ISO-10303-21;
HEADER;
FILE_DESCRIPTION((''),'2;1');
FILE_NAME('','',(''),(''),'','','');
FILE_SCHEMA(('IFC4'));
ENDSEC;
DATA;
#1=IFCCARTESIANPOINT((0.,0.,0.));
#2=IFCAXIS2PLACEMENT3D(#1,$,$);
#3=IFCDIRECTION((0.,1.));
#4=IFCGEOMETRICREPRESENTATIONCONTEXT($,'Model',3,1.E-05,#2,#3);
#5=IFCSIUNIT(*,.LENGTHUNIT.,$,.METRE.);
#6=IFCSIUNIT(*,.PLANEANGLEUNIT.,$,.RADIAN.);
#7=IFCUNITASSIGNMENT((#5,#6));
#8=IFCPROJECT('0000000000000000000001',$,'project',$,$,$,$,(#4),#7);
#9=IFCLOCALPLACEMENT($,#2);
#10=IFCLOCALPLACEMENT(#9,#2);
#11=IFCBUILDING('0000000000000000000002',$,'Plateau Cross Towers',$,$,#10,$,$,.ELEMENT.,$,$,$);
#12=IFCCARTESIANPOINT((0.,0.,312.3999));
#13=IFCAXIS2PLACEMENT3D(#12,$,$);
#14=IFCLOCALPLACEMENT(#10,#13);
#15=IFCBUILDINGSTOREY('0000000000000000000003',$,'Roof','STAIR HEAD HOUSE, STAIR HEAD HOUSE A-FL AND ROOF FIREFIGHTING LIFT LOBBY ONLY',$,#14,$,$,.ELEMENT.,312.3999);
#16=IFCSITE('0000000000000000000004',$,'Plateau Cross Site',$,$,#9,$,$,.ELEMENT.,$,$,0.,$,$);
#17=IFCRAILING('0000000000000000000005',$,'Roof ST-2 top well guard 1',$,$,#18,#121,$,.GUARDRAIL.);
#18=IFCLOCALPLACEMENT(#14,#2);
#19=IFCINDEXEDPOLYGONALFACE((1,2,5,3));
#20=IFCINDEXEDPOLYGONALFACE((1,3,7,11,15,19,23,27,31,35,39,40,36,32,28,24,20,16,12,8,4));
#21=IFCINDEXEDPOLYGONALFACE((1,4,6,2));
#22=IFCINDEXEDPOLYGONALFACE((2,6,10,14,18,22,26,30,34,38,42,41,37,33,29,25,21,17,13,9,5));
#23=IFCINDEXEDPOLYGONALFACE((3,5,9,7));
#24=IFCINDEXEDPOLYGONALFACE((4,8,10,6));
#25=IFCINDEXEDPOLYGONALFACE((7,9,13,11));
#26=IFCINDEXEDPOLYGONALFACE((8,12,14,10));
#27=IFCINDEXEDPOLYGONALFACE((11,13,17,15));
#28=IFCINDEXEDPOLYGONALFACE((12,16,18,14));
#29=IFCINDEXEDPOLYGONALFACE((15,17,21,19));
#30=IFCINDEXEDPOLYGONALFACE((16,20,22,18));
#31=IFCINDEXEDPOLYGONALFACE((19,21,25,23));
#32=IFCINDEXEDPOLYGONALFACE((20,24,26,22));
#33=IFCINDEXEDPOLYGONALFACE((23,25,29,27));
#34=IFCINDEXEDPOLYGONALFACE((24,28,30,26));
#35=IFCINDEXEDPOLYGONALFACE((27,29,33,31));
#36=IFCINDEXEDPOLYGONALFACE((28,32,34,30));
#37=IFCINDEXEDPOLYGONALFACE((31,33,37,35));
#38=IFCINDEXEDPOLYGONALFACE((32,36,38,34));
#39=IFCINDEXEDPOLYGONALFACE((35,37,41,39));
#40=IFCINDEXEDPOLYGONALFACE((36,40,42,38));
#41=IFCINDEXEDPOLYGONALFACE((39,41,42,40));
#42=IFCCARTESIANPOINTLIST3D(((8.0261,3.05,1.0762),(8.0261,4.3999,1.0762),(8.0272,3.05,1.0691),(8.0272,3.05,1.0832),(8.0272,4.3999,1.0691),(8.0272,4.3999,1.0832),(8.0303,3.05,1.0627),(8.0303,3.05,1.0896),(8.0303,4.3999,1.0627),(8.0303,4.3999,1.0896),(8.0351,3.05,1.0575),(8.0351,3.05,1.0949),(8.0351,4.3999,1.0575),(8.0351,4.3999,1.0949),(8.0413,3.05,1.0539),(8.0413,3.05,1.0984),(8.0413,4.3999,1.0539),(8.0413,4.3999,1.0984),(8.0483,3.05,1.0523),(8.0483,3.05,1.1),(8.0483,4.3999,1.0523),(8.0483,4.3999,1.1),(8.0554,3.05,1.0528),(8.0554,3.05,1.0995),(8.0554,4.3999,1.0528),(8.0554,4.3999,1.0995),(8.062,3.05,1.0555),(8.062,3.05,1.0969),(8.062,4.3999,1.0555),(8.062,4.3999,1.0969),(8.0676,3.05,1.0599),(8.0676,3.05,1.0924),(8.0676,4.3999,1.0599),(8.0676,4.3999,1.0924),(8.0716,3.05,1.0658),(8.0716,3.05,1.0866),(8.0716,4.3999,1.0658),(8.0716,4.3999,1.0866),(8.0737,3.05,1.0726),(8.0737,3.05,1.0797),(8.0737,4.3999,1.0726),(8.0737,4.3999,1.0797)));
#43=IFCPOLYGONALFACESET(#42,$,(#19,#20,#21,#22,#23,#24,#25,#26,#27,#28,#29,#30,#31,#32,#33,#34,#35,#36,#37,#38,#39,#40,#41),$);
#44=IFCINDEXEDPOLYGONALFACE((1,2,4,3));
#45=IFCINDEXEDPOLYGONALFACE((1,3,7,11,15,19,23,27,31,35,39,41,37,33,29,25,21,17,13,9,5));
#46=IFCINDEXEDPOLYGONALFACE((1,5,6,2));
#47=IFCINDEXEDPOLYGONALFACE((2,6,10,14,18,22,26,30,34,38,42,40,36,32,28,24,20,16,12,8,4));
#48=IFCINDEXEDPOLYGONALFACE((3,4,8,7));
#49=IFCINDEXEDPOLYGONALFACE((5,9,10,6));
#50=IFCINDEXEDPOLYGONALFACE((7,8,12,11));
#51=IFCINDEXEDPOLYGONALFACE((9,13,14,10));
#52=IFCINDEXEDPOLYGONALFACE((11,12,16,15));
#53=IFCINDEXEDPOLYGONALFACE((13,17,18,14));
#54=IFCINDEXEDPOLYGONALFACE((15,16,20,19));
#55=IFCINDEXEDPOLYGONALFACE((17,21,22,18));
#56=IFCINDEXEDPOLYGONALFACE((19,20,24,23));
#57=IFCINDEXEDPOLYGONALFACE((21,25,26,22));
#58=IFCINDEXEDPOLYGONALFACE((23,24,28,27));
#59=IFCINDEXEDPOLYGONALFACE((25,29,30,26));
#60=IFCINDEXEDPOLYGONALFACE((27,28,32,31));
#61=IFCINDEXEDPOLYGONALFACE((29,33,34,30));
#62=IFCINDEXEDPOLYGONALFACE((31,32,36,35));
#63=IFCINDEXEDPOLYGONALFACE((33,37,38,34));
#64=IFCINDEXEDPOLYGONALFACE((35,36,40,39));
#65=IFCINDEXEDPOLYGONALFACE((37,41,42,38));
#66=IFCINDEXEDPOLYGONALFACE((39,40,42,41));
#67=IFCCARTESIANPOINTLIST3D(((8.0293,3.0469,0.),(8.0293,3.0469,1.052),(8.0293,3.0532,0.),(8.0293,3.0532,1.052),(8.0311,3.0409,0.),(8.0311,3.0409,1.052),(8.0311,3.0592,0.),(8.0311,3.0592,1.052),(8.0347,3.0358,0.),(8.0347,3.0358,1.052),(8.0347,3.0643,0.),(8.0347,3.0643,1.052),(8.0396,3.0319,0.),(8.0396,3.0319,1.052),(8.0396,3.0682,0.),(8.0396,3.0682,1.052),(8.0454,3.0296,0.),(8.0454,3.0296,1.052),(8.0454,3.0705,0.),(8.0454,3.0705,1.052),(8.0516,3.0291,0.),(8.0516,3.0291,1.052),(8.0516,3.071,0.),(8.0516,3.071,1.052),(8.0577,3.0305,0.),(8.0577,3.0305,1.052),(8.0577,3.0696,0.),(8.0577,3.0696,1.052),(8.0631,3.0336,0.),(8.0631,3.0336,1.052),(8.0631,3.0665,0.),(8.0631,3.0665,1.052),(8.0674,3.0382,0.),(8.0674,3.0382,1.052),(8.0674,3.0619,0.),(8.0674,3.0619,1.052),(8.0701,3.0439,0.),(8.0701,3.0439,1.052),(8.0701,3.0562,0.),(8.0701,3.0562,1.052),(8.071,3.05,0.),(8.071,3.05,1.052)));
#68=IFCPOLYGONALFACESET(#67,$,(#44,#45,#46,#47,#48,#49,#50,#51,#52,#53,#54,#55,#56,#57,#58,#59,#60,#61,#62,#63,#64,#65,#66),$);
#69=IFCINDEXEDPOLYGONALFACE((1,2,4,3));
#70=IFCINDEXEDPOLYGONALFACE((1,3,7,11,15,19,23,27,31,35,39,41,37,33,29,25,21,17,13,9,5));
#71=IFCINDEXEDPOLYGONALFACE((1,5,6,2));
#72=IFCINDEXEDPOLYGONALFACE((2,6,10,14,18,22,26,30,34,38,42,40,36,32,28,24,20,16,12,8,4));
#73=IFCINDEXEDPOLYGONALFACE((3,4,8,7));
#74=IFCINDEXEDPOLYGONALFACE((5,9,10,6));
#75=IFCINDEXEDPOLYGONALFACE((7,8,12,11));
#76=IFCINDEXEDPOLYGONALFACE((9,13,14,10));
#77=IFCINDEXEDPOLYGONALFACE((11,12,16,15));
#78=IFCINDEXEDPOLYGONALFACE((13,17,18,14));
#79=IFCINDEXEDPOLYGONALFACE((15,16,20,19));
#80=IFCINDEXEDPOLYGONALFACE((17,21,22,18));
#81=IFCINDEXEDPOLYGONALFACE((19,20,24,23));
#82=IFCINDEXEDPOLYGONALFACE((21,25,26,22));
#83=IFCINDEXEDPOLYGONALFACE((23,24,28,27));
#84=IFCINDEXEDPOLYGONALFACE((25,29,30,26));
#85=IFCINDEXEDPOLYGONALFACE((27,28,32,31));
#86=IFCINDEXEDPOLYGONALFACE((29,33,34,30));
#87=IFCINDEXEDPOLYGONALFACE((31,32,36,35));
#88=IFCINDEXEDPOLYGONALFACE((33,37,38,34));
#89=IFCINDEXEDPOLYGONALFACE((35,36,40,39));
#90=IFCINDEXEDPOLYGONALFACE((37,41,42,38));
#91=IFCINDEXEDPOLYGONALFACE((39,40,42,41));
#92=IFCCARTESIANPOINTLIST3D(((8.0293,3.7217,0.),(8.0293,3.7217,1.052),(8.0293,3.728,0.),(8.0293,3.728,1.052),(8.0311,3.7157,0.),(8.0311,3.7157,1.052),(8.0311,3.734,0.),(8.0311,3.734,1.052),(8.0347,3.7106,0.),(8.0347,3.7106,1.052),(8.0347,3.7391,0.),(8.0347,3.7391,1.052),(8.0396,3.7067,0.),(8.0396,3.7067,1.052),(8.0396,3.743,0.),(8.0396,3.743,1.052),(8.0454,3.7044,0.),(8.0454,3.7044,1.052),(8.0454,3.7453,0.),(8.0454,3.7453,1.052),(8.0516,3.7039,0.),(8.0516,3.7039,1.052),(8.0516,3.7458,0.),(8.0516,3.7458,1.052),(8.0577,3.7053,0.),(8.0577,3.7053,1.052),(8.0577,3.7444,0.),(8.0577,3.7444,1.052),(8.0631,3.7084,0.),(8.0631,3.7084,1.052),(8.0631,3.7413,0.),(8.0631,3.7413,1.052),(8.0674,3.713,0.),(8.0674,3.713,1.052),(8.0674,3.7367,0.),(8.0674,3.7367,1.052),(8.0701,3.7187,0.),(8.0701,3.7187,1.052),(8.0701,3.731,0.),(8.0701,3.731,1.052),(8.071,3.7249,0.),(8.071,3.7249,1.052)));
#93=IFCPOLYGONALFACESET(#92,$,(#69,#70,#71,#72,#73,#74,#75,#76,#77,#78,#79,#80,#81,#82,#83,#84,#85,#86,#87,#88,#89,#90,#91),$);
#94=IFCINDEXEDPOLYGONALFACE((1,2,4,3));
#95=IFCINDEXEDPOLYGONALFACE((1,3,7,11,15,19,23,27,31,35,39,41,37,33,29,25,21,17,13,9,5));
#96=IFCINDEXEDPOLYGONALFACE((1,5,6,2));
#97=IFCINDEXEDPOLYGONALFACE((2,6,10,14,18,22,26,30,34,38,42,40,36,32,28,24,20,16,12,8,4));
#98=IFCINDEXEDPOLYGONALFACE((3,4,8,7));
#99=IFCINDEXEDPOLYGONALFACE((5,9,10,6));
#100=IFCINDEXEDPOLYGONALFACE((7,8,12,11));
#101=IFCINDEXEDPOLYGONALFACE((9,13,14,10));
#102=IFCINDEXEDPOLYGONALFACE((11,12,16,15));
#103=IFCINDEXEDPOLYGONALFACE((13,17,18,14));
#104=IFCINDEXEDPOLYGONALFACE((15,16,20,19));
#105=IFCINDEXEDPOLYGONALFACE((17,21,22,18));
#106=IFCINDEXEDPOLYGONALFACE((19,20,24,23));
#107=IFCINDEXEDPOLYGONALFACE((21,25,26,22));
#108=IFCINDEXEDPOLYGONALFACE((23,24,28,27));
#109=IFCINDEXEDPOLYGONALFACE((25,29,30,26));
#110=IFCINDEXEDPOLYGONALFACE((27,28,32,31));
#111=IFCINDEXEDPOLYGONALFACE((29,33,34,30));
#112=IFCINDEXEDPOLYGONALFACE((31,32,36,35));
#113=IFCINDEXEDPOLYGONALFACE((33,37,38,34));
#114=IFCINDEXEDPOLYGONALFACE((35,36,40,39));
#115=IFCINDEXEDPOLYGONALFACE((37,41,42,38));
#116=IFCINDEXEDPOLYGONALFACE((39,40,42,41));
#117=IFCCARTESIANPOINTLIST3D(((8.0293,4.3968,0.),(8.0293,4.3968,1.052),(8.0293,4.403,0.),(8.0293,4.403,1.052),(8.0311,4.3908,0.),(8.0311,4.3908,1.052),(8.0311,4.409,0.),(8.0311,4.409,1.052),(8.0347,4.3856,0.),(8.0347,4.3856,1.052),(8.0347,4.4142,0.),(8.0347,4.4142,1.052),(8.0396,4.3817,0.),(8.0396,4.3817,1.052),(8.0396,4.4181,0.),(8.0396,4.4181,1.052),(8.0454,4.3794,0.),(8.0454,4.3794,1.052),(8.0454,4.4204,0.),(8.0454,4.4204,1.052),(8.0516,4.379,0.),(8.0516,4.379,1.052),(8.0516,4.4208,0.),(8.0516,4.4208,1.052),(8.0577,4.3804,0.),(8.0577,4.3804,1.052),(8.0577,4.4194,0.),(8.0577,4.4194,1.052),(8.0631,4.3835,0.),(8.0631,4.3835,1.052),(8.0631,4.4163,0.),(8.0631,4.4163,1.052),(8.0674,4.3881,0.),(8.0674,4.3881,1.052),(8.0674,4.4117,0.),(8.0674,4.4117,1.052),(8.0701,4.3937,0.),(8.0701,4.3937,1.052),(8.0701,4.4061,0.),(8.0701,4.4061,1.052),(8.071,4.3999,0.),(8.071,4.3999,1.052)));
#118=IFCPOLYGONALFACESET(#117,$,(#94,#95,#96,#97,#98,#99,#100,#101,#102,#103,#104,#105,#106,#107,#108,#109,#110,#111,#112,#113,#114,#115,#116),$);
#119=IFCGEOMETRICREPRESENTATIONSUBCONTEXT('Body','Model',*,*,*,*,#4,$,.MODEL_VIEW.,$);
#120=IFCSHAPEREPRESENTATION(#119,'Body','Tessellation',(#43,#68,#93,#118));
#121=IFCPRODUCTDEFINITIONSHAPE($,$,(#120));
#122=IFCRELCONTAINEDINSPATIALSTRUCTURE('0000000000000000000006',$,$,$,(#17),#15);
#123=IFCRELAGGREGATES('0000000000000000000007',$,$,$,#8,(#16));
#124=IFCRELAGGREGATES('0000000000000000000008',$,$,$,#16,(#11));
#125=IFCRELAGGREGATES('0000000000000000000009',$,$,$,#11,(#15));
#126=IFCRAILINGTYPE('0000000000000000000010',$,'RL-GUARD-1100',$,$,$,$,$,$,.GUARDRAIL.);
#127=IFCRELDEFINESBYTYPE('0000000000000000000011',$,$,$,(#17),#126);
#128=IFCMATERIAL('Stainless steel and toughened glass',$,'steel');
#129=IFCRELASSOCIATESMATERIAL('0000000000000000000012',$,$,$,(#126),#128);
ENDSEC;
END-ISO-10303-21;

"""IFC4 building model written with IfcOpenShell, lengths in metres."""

from ifc_helpers import new_model, si_unit, direction, frame, origin, origin_2d, place, context, subcontext, project, spatial, circle, extrude, material, type_object, element, save


model = new_model("IFC4")

# Units and contexts
model_context = context("Model", 3, precision=1e-05, world=origin(), true_north=direction((0.0, 1.0)))
body_context = subcontext(model_context, "Body", "Model", "MODEL_VIEW")
ifc_project = project(units=[si_unit("LENGTHUNIT", "METRE"), si_unit("PLANEANGLEUNIT", "RADIAN")], contexts=[model_context])

# Site, building, storey
site_placement = place(None, origin())
site = spatial("IfcSite", under=ifc_project, at=site_placement, Name="Plateau Cross Site", CompositionType="ELEMENT", RefElevation=0.0)
building_placement = place(site_placement, origin())
building = spatial("IfcBuilding", under=site, at=building_placement, Name="Plateau Cross Towers", CompositionType="ELEMENT")
storey_placement = place(building_placement, frame((0.0, 0.0, 312.3999)))
storey = spatial("IfcBuildingStorey", under=building, at=storey_placement, Name="Roof", Description="STAIR HEAD HOUSE, STAIR HEAD HOUSE A-FL AND ROOF FIREFIGHTING LIFT LOBBY ONLY", CompositionType="ELEMENT", Elevation=312.3999)

# Railing
ifc_material_1 = material(Name="Stainless steel and toughened glass", Category="steel")
railing_type = type_object("IfcRailingType", Name="RL-GUARD-1100", PredefinedType="GUARDRAIL", material=ifc_material_1)
railing_placement = place(storey_placement, frame((8.05, 3.05, 0.0)))
element("IfcRailing", 1, at=railing_placement, inside=storey, type_object=railing_type, Name="Roof ST-2 top well guard 1", PredefinedType="GUARDRAIL", context=body_context, shape_type="SweptSolid", body=[
    extrude(circle(Radius=0.0239, at=origin_2d()), frame((0.0, 0.0, 1.0762), z_axis=(0.0, 1.0, 0.0), x_axis=(-1.0, 0.0, 0.0)), (0.0, 0.0, 1.0), 1.3499),
    extrude(circle(Radius=0.021, at=origin_2d()), origin(), (0.0, 0.0, 1.0), 1.052),
    extrude(circle(Radius=0.021, at=origin_2d()), frame((0.0, 0.6748, 0.0)), (0.0, 0.0, 1.0), 1.052),
    extrude(circle(Radius=0.021, at=origin_2d()), frame((0.0, 1.3499, 0.0)), (0.0, 0.0, 1.0), 1.052),
])

save(model, "model.ifc")
